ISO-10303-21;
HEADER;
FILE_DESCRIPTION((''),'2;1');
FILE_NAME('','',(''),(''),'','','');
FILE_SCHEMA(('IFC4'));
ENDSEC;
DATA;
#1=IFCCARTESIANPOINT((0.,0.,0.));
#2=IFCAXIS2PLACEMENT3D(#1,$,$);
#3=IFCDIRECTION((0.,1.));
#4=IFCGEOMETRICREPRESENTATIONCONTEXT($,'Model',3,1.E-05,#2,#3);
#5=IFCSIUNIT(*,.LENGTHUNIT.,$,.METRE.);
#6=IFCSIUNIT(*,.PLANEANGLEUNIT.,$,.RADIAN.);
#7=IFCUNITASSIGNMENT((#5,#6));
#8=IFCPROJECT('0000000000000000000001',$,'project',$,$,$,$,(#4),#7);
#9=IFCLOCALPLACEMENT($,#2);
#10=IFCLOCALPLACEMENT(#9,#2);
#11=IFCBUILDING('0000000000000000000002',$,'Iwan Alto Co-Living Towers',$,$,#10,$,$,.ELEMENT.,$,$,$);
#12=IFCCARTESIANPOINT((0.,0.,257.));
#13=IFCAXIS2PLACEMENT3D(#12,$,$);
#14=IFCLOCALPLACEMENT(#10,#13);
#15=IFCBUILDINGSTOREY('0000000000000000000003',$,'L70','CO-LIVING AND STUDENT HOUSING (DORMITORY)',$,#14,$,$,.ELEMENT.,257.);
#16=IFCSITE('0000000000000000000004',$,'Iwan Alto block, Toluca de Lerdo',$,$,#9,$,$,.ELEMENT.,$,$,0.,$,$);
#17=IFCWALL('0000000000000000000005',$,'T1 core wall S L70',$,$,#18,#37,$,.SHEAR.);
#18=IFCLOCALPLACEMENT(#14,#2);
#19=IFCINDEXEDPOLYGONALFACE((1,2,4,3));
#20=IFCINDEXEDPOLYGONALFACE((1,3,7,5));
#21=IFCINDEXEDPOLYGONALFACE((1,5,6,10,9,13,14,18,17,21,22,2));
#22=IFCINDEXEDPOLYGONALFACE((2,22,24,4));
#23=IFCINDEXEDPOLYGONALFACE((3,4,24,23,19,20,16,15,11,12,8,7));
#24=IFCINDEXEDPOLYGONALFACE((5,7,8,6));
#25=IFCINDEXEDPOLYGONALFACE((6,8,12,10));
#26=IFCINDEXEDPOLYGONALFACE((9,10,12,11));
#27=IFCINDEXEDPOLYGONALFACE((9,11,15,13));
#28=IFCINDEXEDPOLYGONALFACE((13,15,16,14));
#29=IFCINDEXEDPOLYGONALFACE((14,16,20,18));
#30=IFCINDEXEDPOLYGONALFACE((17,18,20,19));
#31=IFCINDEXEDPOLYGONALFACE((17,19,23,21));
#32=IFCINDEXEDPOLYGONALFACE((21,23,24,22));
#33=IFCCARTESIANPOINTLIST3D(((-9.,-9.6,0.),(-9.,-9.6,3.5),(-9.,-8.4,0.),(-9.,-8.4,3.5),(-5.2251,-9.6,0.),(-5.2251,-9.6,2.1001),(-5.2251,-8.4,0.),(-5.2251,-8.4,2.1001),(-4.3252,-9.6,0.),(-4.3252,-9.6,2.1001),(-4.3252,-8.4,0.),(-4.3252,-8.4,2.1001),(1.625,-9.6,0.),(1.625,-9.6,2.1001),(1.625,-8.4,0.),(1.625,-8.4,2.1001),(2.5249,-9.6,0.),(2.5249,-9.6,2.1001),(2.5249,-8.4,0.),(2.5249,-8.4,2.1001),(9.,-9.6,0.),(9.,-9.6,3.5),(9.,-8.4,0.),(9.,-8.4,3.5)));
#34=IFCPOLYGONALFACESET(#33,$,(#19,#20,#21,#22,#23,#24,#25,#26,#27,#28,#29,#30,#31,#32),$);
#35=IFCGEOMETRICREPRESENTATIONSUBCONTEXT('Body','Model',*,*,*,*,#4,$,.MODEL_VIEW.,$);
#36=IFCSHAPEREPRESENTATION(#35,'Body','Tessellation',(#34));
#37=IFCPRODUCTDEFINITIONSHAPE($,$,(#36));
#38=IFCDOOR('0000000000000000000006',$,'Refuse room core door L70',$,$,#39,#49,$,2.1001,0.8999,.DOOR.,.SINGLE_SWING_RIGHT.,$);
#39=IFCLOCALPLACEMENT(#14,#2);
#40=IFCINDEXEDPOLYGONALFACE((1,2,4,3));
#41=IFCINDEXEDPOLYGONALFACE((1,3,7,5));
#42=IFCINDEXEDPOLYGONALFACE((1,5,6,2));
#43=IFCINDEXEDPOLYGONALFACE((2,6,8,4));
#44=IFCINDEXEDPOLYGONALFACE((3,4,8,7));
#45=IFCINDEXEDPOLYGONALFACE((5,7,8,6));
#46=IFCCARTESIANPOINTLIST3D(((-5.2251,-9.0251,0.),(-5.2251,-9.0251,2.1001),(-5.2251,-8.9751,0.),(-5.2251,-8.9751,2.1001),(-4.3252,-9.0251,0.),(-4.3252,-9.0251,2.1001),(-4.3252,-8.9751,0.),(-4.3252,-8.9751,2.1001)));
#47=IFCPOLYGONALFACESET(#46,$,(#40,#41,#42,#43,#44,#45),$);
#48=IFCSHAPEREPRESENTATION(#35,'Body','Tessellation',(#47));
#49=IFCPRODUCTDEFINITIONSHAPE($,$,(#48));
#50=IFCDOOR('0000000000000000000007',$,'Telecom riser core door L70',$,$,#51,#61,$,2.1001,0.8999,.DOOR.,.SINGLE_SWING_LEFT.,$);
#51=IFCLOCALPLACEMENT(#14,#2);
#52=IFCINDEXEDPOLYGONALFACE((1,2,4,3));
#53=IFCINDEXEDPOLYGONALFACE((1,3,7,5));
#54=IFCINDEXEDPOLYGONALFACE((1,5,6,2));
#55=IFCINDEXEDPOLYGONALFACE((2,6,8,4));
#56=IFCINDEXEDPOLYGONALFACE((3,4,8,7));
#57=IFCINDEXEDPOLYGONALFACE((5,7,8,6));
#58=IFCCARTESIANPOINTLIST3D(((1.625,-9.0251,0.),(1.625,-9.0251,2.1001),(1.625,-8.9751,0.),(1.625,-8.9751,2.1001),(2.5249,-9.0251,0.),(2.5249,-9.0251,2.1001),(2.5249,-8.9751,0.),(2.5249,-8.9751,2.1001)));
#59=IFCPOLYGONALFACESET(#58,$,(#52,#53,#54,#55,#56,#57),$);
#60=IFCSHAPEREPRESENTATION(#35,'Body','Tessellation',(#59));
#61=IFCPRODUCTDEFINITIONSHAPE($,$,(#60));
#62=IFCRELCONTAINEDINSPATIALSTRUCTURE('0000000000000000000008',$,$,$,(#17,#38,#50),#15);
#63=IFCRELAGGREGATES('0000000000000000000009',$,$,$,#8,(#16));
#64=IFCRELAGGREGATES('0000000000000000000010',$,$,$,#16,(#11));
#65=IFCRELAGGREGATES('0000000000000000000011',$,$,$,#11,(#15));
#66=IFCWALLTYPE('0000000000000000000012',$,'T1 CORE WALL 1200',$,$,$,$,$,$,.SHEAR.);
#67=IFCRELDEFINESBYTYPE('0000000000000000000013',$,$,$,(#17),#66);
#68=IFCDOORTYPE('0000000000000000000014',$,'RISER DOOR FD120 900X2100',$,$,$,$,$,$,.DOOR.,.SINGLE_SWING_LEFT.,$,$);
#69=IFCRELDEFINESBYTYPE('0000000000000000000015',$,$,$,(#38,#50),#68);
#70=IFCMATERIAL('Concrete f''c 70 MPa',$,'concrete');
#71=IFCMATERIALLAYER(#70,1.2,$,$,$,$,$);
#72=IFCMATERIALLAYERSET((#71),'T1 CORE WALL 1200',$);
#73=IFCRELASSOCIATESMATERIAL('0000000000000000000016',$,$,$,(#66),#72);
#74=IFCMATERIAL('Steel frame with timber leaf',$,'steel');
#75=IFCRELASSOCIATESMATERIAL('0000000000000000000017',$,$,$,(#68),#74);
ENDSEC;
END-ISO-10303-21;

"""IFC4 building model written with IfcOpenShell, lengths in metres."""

from ifc_helpers import new_model, si_unit, direction, frame, frame_2d, origin, place, context, subcontext, project, spatial, rectangle, extrude, material, layer, layer_set, type_object, element, fill, save


model = new_model("IFC4")

# Units and contexts
model_context = context("Model", 3, precision=1e-05, world=origin(), true_north=direction((0.0, 1.0)))
body_context = subcontext(model_context, "Body", "Model", "MODEL_VIEW")
ifc_project = project(units=[si_unit("LENGTHUNIT", "METRE"), si_unit("PLANEANGLEUNIT", "RADIAN")], contexts=[model_context])

# Site, building, storey
site_placement = place(None, origin())
site = spatial("IfcSite", under=ifc_project, at=site_placement, Name="Iwan Alto block, Toluca de Lerdo", CompositionType="ELEMENT", RefElevation=0.0)
building_placement = place(site_placement, origin())
building = spatial("IfcBuilding", under=site, at=building_placement, Name="Iwan Alto Co-Living Towers", CompositionType="ELEMENT")
storey_placement = place(building_placement, frame((0.0, 0.0, 257.0)))
storey = spatial("IfcBuildingStorey", under=building, at=storey_placement, Name="L70", Description="CO-LIVING AND STUDENT HOUSING (DORMITORY)", CompositionType="ELEMENT", Elevation=257.0)

# Wall, openings, doors
ifc_material_1 = material(Name="Concrete f'c 70 MPa", Category="concrete")
ifc_layer_1 = layer(ifc_material_1, 1.2)
ifc_layer_set_1 = layer_set([ifc_layer_1], Name="T1 CORE WALL 1200")
wall_type_1 = type_object("IfcWallType", Name="T1 CORE WALL 1200", PredefinedType="SHEAR", material=ifc_layer_set_1)
wall_1_placement = place(storey_placement, frame((-9.0, -9.0, 0.0), z_axis=(0.0, 0.0, 1.0), x_axis=(1.0, 0.0, 0.0)))
wall_1 = element("IfcWall", 1, at=wall_1_placement, inside=storey, type_object=wall_type_1, Name="T1 core wall S L70", PredefinedType="SHEAR", context=body_context, shape_type="SweptSolid", body=[
    extrude(rectangle(XDim=18.0, YDim=1.2, at=frame_2d((9.0, 0.0))), origin(), (0.0, 0.0, 1.0), 3.5),
])
opening_1_placement = place(wall_1_placement, frame((3.7749, 0.0, 0.0)))
opening_1 = element("IfcOpeningElement", 2, at=opening_1_placement, cuts=wall_1, PredefinedType="OPENING", context=body_context, shape_type="SweptSolid", body=[
    extrude(rectangle(XDim=0.8999, YDim=2.1001, at=frame_2d((0.45, 1.05))), frame((0.0, 0.6099, 0.0), z_axis=(0.0, -1.0, 0.0), x_axis=(1.0, 0.0, 0.0)), (0.0, 0.0, 1.0), 1.22),
])
opening_2_placement = place(wall_1_placement, frame((10.625, 0.0, 0.0)))
opening_2 = element("IfcOpeningElement", 3, at=opening_2_placement, cuts=wall_1, PredefinedType="OPENING", context=body_context, shape_type="SweptSolid", body=[
    extrude(rectangle(XDim=0.8999, YDim=2.1001, at=frame_2d((0.45, 1.05))), frame((0.0, 0.6099, 0.0), z_axis=(0.0, -1.0, 0.0), x_axis=(1.0, 0.0, 0.0)), (0.0, 0.0, 1.0), 1.22),
])
ifc_material_2 = material(Name="Steel frame with timber leaf", Category="steel")
door_type_1 = type_object("IfcDoorType", Name="RISER DOOR FD120 900X2100", OperationType="SINGLE_SWING_LEFT", PredefinedType="DOOR", material=ifc_material_2)
door_1_placement = place(opening_1_placement, origin())
door_1 = element("IfcDoor", 4, at=door_1_placement, inside=storey, type_object=door_type_1, Name="Refuse room core door L70", OperationType="SINGLE_SWING_RIGHT", OverallHeight=2.1001, OverallWidth=0.8999, PredefinedType="DOOR", context=body_context, shape_type="SweptSolid", body=[
    extrude(rectangle(XDim=0.8999, YDim=2.1001, at=frame_2d((0.45, 1.05))), frame((0.0, 0.0249, 0.0), z_axis=(0.0, -1.0, 0.0), x_axis=(1.0, 0.0, 0.0)), (0.0, 0.0, 1.0), 0.05),
])
fill(opening_1, door_1)
door_2_placement = place(opening_2_placement, origin())
door_2 = element("IfcDoor", 5, at=door_2_placement, inside=storey, type_object=door_type_1, Name="Telecom riser core door L70", OperationType="SINGLE_SWING_LEFT", OverallHeight=2.1001, OverallWidth=0.8999, PredefinedType="DOOR", context=body_context, shape_type="SweptSolid", body=[
    extrude(rectangle(XDim=0.8999, YDim=2.1001, at=frame_2d((0.45, 1.05))), frame((0.0, 0.0249, 0.0), z_axis=(0.0, -1.0, 0.0), x_axis=(1.0, 0.0, 0.0)), (0.0, 0.0, 1.0), 0.05),
])
fill(opening_2, door_2)

save(model, "model.ifc")
